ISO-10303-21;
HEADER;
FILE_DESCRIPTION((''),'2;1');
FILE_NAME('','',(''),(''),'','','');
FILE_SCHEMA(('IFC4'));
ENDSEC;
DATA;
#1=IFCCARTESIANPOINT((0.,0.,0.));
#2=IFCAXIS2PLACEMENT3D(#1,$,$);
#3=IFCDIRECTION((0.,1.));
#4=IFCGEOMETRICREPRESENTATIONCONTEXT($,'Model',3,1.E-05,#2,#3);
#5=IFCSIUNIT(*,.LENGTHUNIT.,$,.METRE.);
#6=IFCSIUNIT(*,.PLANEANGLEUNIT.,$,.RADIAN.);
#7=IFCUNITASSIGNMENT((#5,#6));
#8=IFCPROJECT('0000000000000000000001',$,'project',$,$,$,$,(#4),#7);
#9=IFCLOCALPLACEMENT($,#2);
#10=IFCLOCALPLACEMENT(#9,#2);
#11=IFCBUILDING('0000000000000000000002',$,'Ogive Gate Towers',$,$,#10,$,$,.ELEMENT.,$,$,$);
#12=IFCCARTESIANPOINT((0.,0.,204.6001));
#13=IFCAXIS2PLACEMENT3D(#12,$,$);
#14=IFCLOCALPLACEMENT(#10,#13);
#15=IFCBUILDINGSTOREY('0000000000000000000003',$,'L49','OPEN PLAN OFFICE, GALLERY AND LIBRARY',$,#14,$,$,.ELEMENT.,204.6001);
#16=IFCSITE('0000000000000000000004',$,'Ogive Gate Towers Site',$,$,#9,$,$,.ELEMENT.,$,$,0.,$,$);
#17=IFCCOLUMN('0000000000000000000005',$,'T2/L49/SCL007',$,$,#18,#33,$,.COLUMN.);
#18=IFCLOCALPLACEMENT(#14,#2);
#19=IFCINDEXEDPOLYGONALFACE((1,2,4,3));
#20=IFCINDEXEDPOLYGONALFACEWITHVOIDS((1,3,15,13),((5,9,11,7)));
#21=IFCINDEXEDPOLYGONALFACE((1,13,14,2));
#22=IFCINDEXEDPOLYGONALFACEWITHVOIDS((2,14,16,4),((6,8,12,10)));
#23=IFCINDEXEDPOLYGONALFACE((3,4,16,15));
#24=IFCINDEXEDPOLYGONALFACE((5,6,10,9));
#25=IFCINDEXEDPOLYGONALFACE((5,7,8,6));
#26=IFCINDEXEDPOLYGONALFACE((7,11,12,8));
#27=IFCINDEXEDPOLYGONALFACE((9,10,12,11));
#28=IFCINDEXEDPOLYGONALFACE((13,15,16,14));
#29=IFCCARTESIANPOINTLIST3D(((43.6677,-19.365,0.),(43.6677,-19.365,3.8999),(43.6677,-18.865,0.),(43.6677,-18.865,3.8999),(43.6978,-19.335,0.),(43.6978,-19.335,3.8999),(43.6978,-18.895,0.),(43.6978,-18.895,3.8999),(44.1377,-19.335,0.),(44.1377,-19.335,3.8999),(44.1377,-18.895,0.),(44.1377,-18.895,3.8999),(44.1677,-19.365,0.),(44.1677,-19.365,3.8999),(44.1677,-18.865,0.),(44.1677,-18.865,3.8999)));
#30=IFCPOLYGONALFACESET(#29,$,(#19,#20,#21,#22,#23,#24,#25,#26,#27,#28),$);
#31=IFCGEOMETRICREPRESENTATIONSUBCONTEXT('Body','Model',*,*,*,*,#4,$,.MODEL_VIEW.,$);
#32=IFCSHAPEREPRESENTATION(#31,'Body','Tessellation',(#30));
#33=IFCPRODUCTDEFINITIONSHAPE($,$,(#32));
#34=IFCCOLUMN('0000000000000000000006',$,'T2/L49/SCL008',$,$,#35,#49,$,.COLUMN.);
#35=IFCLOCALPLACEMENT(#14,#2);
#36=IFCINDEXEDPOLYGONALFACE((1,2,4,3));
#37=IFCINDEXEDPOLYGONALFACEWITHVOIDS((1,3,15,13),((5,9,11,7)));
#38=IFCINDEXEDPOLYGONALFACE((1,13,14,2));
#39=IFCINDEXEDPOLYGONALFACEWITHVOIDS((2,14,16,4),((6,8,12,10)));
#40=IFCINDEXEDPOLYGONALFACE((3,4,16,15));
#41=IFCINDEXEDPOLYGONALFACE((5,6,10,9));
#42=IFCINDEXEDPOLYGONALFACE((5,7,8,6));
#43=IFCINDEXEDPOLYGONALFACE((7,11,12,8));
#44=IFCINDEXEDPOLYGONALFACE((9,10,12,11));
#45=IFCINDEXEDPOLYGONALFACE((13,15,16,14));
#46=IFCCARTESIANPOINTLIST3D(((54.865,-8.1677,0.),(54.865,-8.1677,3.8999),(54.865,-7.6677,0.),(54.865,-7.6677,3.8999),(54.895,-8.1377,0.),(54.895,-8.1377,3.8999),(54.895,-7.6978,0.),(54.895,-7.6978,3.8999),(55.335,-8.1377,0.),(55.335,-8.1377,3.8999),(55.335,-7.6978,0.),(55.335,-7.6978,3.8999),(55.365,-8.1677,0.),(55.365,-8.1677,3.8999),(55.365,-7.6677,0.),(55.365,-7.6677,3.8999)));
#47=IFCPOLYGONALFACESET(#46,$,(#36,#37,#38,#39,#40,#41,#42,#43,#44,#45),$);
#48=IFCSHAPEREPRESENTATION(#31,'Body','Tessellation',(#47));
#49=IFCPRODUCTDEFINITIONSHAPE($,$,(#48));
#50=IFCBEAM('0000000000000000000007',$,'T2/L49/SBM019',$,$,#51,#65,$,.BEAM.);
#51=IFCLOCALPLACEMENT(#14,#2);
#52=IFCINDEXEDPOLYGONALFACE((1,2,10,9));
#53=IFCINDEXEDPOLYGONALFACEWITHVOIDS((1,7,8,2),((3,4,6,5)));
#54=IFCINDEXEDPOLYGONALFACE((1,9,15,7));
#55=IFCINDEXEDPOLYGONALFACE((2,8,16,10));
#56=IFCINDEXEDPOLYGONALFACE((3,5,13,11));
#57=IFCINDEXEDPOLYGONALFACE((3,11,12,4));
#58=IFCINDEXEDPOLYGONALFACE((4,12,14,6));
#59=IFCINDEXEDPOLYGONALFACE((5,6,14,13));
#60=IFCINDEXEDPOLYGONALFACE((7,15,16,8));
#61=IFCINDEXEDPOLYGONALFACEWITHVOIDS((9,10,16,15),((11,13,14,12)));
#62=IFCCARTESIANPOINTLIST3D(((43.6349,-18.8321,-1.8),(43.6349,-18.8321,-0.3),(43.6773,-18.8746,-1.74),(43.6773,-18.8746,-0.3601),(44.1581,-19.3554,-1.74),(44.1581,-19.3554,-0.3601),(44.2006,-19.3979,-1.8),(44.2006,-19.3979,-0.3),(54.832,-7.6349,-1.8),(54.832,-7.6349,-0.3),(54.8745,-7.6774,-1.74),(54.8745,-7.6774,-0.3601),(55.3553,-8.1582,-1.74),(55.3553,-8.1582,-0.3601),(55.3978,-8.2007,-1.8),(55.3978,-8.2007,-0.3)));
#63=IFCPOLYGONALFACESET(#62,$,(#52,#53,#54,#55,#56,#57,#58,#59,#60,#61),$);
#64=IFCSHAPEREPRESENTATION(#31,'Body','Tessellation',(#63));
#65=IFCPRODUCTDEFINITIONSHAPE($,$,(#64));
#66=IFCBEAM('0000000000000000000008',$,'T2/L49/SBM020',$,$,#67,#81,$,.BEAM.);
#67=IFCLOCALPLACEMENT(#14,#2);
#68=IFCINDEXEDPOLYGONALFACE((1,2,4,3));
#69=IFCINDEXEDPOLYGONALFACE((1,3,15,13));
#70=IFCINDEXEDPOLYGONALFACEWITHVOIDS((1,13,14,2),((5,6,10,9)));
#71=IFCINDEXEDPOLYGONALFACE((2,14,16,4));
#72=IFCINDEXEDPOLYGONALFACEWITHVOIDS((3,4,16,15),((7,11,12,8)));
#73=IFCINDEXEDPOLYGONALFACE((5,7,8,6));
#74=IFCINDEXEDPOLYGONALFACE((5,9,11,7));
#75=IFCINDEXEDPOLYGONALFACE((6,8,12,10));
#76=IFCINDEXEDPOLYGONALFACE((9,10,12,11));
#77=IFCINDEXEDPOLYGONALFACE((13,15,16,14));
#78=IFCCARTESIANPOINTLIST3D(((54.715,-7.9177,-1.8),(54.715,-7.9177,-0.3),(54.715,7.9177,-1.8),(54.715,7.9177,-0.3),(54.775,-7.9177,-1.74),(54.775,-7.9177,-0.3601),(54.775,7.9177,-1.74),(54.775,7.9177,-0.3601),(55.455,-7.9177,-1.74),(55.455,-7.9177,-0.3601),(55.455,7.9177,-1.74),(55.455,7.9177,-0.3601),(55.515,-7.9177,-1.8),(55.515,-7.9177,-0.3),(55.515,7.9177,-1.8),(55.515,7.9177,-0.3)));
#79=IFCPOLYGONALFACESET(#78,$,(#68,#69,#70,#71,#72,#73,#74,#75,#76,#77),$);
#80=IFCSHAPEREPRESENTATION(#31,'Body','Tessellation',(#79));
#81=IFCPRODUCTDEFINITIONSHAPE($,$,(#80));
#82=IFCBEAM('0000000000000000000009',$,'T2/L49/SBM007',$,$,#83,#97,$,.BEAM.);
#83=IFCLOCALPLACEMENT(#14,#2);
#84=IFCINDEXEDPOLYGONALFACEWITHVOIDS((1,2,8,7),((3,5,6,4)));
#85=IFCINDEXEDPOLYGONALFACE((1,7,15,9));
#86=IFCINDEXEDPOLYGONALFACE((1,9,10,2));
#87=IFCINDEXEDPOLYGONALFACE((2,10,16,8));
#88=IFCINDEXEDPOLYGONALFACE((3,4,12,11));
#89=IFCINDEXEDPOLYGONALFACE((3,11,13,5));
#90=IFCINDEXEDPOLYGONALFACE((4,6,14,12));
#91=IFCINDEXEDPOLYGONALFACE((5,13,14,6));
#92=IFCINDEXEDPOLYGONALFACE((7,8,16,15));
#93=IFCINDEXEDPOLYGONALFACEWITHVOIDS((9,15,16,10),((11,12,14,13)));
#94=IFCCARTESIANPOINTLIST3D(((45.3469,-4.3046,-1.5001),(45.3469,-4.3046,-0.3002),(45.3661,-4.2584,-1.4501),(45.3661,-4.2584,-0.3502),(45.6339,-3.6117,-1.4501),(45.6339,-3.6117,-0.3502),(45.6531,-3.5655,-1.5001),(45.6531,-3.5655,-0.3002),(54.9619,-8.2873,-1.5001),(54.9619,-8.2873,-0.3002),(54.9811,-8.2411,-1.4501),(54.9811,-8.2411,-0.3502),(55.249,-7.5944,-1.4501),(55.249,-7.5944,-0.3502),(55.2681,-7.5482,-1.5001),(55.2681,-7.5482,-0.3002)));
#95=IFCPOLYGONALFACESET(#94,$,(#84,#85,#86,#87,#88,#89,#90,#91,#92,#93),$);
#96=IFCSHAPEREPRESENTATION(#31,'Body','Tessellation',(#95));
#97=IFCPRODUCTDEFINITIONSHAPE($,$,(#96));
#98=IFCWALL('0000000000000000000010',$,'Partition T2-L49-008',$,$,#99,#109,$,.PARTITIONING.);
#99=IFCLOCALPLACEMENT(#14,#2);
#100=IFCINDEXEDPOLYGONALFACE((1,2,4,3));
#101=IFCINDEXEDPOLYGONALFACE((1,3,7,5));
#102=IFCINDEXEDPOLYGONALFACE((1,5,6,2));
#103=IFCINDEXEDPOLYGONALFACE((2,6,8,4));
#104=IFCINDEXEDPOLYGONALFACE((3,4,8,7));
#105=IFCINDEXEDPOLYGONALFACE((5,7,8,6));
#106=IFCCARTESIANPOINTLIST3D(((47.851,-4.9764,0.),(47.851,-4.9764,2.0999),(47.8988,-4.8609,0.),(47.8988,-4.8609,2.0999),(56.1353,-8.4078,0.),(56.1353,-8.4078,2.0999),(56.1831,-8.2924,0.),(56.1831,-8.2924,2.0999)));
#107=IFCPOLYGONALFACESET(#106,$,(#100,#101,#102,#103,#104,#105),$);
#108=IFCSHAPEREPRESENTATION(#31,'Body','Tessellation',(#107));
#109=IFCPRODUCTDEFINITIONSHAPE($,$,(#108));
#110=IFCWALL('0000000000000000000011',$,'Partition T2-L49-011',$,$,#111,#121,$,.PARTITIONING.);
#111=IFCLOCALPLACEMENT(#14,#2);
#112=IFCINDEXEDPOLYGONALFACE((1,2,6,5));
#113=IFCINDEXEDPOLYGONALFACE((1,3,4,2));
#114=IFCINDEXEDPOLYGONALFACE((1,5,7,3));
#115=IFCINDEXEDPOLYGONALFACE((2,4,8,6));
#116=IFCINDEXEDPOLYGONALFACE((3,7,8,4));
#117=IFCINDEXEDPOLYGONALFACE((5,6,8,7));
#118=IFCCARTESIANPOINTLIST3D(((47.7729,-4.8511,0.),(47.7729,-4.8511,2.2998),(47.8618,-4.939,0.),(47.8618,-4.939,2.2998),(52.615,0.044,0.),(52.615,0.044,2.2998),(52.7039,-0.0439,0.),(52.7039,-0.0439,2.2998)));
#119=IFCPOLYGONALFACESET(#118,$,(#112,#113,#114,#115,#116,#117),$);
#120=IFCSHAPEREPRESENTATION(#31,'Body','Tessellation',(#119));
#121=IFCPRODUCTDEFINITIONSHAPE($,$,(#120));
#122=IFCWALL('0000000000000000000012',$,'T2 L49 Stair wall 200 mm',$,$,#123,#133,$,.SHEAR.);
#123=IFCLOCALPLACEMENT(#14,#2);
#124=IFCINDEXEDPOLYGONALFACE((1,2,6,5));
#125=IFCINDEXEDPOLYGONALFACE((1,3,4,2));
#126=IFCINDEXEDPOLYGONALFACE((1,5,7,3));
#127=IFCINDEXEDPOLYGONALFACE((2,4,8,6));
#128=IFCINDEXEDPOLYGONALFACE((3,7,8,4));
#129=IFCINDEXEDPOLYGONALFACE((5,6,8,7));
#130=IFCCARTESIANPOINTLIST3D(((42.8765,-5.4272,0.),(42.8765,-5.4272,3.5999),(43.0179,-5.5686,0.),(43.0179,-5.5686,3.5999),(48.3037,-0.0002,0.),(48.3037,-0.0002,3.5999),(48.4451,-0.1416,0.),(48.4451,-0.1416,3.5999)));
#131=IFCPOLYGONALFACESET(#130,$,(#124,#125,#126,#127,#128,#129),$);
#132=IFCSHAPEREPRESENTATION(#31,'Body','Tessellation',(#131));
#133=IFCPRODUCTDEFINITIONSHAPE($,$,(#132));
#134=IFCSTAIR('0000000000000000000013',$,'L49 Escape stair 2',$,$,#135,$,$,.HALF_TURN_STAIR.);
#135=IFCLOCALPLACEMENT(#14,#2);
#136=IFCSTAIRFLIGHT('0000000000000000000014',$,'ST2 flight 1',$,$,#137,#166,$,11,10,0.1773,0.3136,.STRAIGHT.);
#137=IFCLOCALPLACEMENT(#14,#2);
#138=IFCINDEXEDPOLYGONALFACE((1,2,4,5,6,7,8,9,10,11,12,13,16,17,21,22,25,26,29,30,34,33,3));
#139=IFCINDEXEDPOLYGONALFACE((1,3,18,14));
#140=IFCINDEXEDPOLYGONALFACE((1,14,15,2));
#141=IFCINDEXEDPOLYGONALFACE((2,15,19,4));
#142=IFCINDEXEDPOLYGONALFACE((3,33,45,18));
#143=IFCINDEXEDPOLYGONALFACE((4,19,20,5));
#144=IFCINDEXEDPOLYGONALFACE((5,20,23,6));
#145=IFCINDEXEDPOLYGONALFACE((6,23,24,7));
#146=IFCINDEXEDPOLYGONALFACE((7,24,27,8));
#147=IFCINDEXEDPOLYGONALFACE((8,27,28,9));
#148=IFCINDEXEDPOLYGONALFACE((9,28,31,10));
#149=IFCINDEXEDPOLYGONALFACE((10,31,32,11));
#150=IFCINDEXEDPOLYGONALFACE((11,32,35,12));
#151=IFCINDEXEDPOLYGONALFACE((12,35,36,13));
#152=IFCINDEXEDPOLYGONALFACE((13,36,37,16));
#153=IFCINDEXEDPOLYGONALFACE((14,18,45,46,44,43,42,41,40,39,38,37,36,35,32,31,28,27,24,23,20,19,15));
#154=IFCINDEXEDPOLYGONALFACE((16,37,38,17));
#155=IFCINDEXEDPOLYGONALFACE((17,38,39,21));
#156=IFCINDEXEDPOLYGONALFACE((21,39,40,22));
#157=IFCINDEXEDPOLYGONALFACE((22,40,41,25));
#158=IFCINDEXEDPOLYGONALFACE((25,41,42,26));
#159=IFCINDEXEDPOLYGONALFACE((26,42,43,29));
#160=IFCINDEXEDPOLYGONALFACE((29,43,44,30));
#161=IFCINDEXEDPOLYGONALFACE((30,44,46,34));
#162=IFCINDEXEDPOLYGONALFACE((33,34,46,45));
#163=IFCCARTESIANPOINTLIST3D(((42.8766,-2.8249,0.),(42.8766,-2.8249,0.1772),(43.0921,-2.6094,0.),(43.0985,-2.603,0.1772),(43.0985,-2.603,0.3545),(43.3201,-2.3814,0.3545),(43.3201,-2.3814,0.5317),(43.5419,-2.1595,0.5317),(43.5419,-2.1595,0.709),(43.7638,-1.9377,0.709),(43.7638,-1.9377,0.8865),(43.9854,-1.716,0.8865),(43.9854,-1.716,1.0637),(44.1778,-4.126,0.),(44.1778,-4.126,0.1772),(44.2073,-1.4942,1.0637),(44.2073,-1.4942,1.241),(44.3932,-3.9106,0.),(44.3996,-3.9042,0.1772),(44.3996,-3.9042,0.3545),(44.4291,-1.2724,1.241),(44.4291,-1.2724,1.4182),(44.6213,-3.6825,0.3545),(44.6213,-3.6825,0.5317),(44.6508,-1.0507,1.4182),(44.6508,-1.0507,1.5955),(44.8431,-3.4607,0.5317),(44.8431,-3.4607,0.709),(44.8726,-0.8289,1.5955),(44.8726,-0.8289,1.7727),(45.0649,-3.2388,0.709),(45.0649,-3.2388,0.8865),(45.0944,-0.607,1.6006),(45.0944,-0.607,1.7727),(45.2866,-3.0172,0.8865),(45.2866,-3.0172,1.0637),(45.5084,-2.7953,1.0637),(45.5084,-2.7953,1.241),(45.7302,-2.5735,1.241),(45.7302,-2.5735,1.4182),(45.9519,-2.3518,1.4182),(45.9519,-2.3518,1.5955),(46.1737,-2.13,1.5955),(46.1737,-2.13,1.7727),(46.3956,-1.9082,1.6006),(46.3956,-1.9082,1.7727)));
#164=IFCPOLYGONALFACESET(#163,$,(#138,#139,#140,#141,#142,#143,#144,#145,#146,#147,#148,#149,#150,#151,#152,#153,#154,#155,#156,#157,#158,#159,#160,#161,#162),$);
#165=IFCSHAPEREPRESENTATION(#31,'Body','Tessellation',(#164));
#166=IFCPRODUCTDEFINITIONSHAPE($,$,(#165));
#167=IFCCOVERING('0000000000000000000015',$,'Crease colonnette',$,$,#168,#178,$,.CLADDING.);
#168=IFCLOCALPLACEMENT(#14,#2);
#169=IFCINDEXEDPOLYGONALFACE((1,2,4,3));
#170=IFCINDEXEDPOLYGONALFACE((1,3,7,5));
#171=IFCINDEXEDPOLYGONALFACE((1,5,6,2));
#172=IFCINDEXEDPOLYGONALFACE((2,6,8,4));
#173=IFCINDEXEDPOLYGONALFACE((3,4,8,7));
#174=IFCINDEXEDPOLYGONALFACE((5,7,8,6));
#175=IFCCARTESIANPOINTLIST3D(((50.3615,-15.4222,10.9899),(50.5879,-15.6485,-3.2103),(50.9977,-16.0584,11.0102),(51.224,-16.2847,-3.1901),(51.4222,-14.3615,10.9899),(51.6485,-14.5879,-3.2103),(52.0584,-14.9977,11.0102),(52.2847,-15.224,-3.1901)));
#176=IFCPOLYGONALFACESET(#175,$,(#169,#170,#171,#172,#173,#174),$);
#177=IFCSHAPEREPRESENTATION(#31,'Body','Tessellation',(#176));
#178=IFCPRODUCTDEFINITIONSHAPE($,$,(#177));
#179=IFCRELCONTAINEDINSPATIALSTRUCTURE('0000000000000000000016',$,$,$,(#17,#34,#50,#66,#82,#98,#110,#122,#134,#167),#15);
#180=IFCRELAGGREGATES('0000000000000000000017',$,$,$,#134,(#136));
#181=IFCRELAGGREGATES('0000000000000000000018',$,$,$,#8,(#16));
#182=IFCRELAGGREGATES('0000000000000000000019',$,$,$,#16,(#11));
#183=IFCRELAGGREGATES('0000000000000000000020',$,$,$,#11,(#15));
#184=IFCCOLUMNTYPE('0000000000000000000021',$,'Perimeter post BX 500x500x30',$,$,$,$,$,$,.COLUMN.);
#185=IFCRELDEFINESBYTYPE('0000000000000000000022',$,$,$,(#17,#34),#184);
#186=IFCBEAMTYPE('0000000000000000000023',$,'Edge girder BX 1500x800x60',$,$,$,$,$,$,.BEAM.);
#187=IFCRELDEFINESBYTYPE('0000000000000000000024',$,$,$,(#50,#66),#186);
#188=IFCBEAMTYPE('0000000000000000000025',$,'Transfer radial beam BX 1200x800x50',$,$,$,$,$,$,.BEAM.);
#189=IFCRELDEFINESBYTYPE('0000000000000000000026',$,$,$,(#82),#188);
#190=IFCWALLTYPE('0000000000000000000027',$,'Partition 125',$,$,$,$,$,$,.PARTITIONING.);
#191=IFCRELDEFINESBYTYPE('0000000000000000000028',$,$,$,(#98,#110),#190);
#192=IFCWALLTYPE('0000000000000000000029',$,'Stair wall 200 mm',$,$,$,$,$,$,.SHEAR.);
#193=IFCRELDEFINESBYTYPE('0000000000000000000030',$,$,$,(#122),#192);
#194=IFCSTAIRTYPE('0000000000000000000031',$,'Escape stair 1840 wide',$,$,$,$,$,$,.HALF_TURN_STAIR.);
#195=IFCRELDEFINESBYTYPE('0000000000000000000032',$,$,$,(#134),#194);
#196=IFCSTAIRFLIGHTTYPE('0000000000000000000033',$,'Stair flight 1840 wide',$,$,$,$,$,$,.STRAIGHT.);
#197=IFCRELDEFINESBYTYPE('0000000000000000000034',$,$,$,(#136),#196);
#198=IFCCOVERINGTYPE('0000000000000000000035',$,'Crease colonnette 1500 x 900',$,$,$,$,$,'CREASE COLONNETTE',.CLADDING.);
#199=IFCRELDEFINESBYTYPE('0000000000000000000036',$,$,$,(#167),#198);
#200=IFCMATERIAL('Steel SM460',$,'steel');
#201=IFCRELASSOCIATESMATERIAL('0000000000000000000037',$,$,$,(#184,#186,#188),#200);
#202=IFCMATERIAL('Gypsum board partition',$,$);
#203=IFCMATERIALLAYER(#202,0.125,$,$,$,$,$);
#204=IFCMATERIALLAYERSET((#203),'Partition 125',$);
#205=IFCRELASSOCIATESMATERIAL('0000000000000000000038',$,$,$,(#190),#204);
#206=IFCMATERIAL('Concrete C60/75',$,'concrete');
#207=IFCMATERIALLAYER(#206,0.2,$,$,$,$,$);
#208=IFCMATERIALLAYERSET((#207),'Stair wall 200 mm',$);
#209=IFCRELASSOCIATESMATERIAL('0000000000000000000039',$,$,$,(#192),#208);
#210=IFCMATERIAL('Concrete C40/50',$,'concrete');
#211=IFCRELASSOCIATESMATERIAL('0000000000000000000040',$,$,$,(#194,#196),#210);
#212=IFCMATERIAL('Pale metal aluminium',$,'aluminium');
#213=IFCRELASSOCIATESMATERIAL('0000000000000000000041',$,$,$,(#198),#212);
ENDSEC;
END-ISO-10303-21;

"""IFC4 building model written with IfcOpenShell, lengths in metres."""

from ifc_helpers import new_model, si_unit, direction, frame, frame_2d, origin, origin_2d, place, context, subcontext, project, spatial, polyline, rectangle, hollow_rectangle, outline, extrude, material, layer, layer_set, material_profile, profile_set, type_object, element, aggregate, save


model = new_model("IFC4")

# Units and contexts
model_context = context("Model", 3, precision=1e-05, world=origin(), true_north=direction((0.0, 1.0)))
body_context = subcontext(model_context, "Body", "Model", "MODEL_VIEW")
ifc_project = project(units=[si_unit("LENGTHUNIT", "METRE"), si_unit("PLANEANGLEUNIT", "RADIAN")], contexts=[model_context])

# Site, building, storey
site_placement = place(None, origin())
site = spatial("IfcSite", under=ifc_project, at=site_placement, Name="Ogive Gate Towers Site", CompositionType="ELEMENT", RefElevation=0.0)
building_placement = place(site_placement, origin())
building = spatial("IfcBuilding", under=site, at=building_placement, Name="Ogive Gate Towers", CompositionType="ELEMENT")
storey_placement = place(building_placement, frame((0.0, 0.0, 204.6001)))
storey = spatial("IfcBuildingStorey", under=building, at=storey_placement, Name="L49", Description="OPEN PLAN OFFICE, GALLERY AND LIBRARY", CompositionType="ELEMENT", Elevation=204.6001)

# Columns
ifc_material_1 = material(Name="Steel SM460", Category="steel")
ifc_material_profile_1 = material_profile(ifc_material_1, hollow_rectangle(XDim=0.5, YDim=0.5, WallThickness=0.03, at=origin_2d()), Name="BX 500x500x30")
ifc_profile_set_1 = profile_set([ifc_material_profile_1], Name="Steel SM460")
column_type = type_object("IfcColumnType", Name="Perimeter post BX 500x500x30", PredefinedType="COLUMN", material=ifc_profile_set_1)
for number, where, z_axis, x_axis, name in (
    (1, (43.9177, -19.115, 0.0), (0.0, 0.0, 1.0), (1.0, 0.0, 0.0), "T2/L49/SCL007"),
    (2, (55.115, -7.9177, 0.0), (0.0, 0.0, 1.0), (1.0, 0.0, 0.0), "T2/L49/SCL008"),
):
    element("IfcColumn", number, at=place(storey_placement, frame(where, z_axis=z_axis, x_axis=x_axis)), inside=storey, type_object=column_type, Name=name, PredefinedType="COLUMN", context=body_context, shape_type="SweptSolid", body=[
        extrude(hollow_rectangle(XDim=0.5, YDim=0.5, WallThickness=0.03, at=origin_2d()), origin(), (0.0, 0.0, 1.0), 3.8999),
    ])

# Beams
ifc_material_profile_2 = material_profile(ifc_material_1, hollow_rectangle(XDim=0.8, YDim=1.5, WallThickness=0.0601, at=origin_2d()), Name="BX 1500x800x60")
ifc_profile_set_2 = profile_set([ifc_material_profile_2], Name="Steel SM460")
beam_type_1 = type_object("IfcBeamType", Name="Edge girder BX 1500x800x60", PredefinedType="BEAM", material=ifc_profile_set_2)
beam_1_placement = place(storey_placement, frame((43.9177, -19.115, -1.05), z_axis=(0.707107, 0.707107, 0.0), x_axis=(-0.707107, 0.707107, 0.0)))
element("IfcBeam", 3, at=beam_1_placement, inside=storey, type_object=beam_type_1, Name="T2/L49/SBM019", PredefinedType="BEAM", context=body_context, shape_type="SweptSolid", body=[
    extrude(hollow_rectangle(XDim=0.8, YDim=1.5, WallThickness=0.0601, at=origin_2d()), origin(), (0.0, 0.0, 1.0), 15.8352),
])
beam_2_placement = place(storey_placement, frame((55.115, -7.9177, -1.05), z_axis=(0.0, 1.0, 0.0), x_axis=(-1.0, 0.0, 0.0)))
element("IfcBeam", 4, at=beam_2_placement, inside=storey, type_object=beam_type_1, Name="T2/L49/SBM020", PredefinedType="BEAM", context=body_context, shape_type="SweptSolid", body=[
    extrude(hollow_rectangle(XDim=0.8, YDim=1.5, WallThickness=0.0601, at=origin_2d()), origin(), (0.0, 0.0, 1.0), 15.8354),
])
ifc_material_profile_3 = material_profile(ifc_material_1, hollow_rectangle(XDim=0.8, YDim=1.2, WallThickness=0.05, at=origin_2d()), Name="BX 1200x800x50")
ifc_profile_set_3 = profile_set([ifc_material_profile_3], Name="Steel SM460")
beam_type_2 = type_object("IfcBeamType", Name="Transfer radial beam BX 1200x800x50", PredefinedType="BEAM", material=ifc_profile_set_3)
beam_3_placement = place(storey_placement, frame((45.5, -3.9351, -0.9001), z_axis=(0.923879, -0.382684, 0.0), x_axis=(0.382684, 0.923879, 0.0)))
element("IfcBeam", 5, at=beam_3_placement, inside=storey, type_object=beam_type_2, Name="T2/L49/SBM007", PredefinedType="BEAM", context=body_context, shape_type="SweptSolid", body=[
    extrude(hollow_rectangle(XDim=0.8, YDim=1.2, WallThickness=0.05, at=origin_2d()), origin(), (0.0, 0.0, 1.0), 10.4072),
])

# Walls
ifc_material_2 = material(Name="Gypsum board partition")
ifc_layer_1 = layer(ifc_material_2, 0.125)
ifc_layer_set_1 = layer_set([ifc_layer_1], Name="Partition 125")
wall_type_1 = type_object("IfcWallType", Name="Partition 125", PredefinedType="PARTITIONING", material=ifc_layer_set_1)
wall_1_placement = place(storey_placement, frame((56.1592, -8.3501, 0.0), z_axis=(0.0, 0.0, 1.0), x_axis=(-0.92388, 0.382681, 0.0)))
element("IfcWall", 6, at=wall_1_placement, inside=storey, type_object=wall_type_1, Name="Partition T2-L49-008", PredefinedType="PARTITIONING", context=body_context, shape_type="SweptSolid", body=[
    extrude(rectangle(XDim=8.9668, YDim=0.125, at=frame_2d((4.4834, 0.0))), origin(), (0.0, 0.0, 1.0), 2.0999),
])
wall_2_placement = place(storey_placement, frame((47.8174, -4.895, 0.0), z_axis=(0.0, 0.0, 1.0), x_axis=(0.703249, 0.710944, 0.0)))
element("IfcWall", 7, at=wall_2_placement, inside=storey, type_object=wall_type_1, Name="Partition T2-L49-011", PredefinedType="PARTITIONING", context=body_context, shape_type="SweptSolid", body=[
    extrude(rectangle(XDim=6.8853, YDim=0.125, at=frame_2d((3.4426, 0.0))), origin(), (0.0, 0.0, 1.0), 2.2998),
])
ifc_material_3 = material(Name="Concrete C60/75", Category="concrete")
ifc_layer_2 = layer(ifc_material_3, 0.2)
ifc_layer_set_2 = layer_set([ifc_layer_2], Name="Stair wall 200 mm")
wall_type_2 = type_object("IfcWallType", Name="Stair wall 200 mm", PredefinedType="SHEAR", material=ifc_layer_set_2)
wall_3_placement = place(storey_placement, frame((42.9473, -5.4978, 0.0), z_axis=(0.0, 0.0, 1.0), x_axis=(0.707123, 0.707091, 0.0)))
element("IfcWall", 8, at=wall_3_placement, inside=storey, type_object=wall_type_2, Name="T2 L49 Stair wall 200 mm", PredefinedType="SHEAR", context=body_context, shape_type="SweptSolid", body=[
    extrude(rectangle(XDim=7.675, YDim=0.2, at=frame_2d((3.8374, 0.0))), origin(), (0.0, 0.0, 1.0), 3.5999),
])

# Stair, stair flight
ifc_material_4 = material(Name="Concrete C40/50", Category="concrete")
stair_type = type_object("IfcStairType", Name="Escape stair 1840 wide", PredefinedType="HALF_TURN_STAIR", material=ifc_material_4)
stair_placement = place(storey_placement, origin())
stair = element("IfcStair", 9, at=stair_placement, inside=storey, type_object=stair_type, Name="L49 Escape stair 2", PredefinedType="HALF_TURN_STAIR")
stair_flight_type = type_object("IfcStairFlightType", Name="Stair flight 1840 wide", PredefinedType="STRAIGHT", material=ifc_material_4)
stair_flight_placement = place(storey_placement, frame((43.5271, -3.4753, 0.0), z_axis=(0.0, 0.0, 1.0), x_axis=(0.707107, 0.707107, 0.0)))
stair_flight = element("IfcStairFlight", 10, at=stair_flight_placement, type_object=stair_flight_type, Name="ST2 flight 1", NumberOfRisers=11, NumberOfTreads=10, PredefinedType="STRAIGHT", RiserHeight=0.1773, TreadLength=0.3136, context=body_context, shape_type="SweptSolid", body=[
    extrude(outline(polyline([(0.0, 0.0), (0.0, 0.1772), (0.3137, 0.1772), (0.3137, 0.3545), (0.6272, 0.3545), (0.6272, 0.5317), (0.9409, 0.5317), (0.9409, 0.709), (1.2546, 0.709), (1.2546, 0.8865), (1.5681, 0.8865), (1.5681, 1.0637), (1.8818, 1.0637), (1.8818, 1.241), (2.1956, 1.241), (2.1956, 1.4182), (2.509, 1.4182), (2.509, 1.5955), (2.8228, 1.5955), (2.8228, 1.7727), (3.1365, 1.7727), (3.1365, 1.95), (3.1365, 1.6006), (0.3047, 0.0), (0.0, 0.0)])), frame((0.0, 0.9199, 0.0), z_axis=(0.0, -1.0, 0.0), x_axis=(1.0, 0.0, 0.0)), (0.0, 0.0, 1.0), 1.8401),
])
aggregate(stair, [stair_flight])

# Covering
ifc_material_5 = material(Name="Pale metal aluminium", Category="aluminium")
ifc_material_profile_4 = material_profile(ifc_material_5, rectangle(XDim=1.5, YDim=0.8999, at=origin_2d()), Name="1500 x 900 pale metal aluminium")
ifc_profile_set_4 = profile_set([ifc_material_profile_4], Name="Pale metal aluminium")
covering_type_1 = type_object("IfcCoveringType", Name="Crease colonnette 1500 x 900", ElementType="CREASE COLONNETTE", PredefinedType="CLADDING", material=ifc_profile_set_4)
covering_placement = place(storey_placement, frame((51.4363, -15.4363, -3.2002), z_axis=(-0.015934, 0.015934, 0.999746), x_axis=(-0.707107, -0.707107, 0.0)))
element("IfcCovering", 11, at=covering_placement, inside=storey, type_object=covering_type_1, Name="Crease colonnette", PredefinedType="CLADDING", context=body_context, shape_type="SweptSolid", body=[
    extrude(rectangle(XDim=1.5, YDim=0.8999, at=origin_2d()), origin(), (0.0, 0.0, 1.0), 14.2039),
])

save(model, "model.ifc")
